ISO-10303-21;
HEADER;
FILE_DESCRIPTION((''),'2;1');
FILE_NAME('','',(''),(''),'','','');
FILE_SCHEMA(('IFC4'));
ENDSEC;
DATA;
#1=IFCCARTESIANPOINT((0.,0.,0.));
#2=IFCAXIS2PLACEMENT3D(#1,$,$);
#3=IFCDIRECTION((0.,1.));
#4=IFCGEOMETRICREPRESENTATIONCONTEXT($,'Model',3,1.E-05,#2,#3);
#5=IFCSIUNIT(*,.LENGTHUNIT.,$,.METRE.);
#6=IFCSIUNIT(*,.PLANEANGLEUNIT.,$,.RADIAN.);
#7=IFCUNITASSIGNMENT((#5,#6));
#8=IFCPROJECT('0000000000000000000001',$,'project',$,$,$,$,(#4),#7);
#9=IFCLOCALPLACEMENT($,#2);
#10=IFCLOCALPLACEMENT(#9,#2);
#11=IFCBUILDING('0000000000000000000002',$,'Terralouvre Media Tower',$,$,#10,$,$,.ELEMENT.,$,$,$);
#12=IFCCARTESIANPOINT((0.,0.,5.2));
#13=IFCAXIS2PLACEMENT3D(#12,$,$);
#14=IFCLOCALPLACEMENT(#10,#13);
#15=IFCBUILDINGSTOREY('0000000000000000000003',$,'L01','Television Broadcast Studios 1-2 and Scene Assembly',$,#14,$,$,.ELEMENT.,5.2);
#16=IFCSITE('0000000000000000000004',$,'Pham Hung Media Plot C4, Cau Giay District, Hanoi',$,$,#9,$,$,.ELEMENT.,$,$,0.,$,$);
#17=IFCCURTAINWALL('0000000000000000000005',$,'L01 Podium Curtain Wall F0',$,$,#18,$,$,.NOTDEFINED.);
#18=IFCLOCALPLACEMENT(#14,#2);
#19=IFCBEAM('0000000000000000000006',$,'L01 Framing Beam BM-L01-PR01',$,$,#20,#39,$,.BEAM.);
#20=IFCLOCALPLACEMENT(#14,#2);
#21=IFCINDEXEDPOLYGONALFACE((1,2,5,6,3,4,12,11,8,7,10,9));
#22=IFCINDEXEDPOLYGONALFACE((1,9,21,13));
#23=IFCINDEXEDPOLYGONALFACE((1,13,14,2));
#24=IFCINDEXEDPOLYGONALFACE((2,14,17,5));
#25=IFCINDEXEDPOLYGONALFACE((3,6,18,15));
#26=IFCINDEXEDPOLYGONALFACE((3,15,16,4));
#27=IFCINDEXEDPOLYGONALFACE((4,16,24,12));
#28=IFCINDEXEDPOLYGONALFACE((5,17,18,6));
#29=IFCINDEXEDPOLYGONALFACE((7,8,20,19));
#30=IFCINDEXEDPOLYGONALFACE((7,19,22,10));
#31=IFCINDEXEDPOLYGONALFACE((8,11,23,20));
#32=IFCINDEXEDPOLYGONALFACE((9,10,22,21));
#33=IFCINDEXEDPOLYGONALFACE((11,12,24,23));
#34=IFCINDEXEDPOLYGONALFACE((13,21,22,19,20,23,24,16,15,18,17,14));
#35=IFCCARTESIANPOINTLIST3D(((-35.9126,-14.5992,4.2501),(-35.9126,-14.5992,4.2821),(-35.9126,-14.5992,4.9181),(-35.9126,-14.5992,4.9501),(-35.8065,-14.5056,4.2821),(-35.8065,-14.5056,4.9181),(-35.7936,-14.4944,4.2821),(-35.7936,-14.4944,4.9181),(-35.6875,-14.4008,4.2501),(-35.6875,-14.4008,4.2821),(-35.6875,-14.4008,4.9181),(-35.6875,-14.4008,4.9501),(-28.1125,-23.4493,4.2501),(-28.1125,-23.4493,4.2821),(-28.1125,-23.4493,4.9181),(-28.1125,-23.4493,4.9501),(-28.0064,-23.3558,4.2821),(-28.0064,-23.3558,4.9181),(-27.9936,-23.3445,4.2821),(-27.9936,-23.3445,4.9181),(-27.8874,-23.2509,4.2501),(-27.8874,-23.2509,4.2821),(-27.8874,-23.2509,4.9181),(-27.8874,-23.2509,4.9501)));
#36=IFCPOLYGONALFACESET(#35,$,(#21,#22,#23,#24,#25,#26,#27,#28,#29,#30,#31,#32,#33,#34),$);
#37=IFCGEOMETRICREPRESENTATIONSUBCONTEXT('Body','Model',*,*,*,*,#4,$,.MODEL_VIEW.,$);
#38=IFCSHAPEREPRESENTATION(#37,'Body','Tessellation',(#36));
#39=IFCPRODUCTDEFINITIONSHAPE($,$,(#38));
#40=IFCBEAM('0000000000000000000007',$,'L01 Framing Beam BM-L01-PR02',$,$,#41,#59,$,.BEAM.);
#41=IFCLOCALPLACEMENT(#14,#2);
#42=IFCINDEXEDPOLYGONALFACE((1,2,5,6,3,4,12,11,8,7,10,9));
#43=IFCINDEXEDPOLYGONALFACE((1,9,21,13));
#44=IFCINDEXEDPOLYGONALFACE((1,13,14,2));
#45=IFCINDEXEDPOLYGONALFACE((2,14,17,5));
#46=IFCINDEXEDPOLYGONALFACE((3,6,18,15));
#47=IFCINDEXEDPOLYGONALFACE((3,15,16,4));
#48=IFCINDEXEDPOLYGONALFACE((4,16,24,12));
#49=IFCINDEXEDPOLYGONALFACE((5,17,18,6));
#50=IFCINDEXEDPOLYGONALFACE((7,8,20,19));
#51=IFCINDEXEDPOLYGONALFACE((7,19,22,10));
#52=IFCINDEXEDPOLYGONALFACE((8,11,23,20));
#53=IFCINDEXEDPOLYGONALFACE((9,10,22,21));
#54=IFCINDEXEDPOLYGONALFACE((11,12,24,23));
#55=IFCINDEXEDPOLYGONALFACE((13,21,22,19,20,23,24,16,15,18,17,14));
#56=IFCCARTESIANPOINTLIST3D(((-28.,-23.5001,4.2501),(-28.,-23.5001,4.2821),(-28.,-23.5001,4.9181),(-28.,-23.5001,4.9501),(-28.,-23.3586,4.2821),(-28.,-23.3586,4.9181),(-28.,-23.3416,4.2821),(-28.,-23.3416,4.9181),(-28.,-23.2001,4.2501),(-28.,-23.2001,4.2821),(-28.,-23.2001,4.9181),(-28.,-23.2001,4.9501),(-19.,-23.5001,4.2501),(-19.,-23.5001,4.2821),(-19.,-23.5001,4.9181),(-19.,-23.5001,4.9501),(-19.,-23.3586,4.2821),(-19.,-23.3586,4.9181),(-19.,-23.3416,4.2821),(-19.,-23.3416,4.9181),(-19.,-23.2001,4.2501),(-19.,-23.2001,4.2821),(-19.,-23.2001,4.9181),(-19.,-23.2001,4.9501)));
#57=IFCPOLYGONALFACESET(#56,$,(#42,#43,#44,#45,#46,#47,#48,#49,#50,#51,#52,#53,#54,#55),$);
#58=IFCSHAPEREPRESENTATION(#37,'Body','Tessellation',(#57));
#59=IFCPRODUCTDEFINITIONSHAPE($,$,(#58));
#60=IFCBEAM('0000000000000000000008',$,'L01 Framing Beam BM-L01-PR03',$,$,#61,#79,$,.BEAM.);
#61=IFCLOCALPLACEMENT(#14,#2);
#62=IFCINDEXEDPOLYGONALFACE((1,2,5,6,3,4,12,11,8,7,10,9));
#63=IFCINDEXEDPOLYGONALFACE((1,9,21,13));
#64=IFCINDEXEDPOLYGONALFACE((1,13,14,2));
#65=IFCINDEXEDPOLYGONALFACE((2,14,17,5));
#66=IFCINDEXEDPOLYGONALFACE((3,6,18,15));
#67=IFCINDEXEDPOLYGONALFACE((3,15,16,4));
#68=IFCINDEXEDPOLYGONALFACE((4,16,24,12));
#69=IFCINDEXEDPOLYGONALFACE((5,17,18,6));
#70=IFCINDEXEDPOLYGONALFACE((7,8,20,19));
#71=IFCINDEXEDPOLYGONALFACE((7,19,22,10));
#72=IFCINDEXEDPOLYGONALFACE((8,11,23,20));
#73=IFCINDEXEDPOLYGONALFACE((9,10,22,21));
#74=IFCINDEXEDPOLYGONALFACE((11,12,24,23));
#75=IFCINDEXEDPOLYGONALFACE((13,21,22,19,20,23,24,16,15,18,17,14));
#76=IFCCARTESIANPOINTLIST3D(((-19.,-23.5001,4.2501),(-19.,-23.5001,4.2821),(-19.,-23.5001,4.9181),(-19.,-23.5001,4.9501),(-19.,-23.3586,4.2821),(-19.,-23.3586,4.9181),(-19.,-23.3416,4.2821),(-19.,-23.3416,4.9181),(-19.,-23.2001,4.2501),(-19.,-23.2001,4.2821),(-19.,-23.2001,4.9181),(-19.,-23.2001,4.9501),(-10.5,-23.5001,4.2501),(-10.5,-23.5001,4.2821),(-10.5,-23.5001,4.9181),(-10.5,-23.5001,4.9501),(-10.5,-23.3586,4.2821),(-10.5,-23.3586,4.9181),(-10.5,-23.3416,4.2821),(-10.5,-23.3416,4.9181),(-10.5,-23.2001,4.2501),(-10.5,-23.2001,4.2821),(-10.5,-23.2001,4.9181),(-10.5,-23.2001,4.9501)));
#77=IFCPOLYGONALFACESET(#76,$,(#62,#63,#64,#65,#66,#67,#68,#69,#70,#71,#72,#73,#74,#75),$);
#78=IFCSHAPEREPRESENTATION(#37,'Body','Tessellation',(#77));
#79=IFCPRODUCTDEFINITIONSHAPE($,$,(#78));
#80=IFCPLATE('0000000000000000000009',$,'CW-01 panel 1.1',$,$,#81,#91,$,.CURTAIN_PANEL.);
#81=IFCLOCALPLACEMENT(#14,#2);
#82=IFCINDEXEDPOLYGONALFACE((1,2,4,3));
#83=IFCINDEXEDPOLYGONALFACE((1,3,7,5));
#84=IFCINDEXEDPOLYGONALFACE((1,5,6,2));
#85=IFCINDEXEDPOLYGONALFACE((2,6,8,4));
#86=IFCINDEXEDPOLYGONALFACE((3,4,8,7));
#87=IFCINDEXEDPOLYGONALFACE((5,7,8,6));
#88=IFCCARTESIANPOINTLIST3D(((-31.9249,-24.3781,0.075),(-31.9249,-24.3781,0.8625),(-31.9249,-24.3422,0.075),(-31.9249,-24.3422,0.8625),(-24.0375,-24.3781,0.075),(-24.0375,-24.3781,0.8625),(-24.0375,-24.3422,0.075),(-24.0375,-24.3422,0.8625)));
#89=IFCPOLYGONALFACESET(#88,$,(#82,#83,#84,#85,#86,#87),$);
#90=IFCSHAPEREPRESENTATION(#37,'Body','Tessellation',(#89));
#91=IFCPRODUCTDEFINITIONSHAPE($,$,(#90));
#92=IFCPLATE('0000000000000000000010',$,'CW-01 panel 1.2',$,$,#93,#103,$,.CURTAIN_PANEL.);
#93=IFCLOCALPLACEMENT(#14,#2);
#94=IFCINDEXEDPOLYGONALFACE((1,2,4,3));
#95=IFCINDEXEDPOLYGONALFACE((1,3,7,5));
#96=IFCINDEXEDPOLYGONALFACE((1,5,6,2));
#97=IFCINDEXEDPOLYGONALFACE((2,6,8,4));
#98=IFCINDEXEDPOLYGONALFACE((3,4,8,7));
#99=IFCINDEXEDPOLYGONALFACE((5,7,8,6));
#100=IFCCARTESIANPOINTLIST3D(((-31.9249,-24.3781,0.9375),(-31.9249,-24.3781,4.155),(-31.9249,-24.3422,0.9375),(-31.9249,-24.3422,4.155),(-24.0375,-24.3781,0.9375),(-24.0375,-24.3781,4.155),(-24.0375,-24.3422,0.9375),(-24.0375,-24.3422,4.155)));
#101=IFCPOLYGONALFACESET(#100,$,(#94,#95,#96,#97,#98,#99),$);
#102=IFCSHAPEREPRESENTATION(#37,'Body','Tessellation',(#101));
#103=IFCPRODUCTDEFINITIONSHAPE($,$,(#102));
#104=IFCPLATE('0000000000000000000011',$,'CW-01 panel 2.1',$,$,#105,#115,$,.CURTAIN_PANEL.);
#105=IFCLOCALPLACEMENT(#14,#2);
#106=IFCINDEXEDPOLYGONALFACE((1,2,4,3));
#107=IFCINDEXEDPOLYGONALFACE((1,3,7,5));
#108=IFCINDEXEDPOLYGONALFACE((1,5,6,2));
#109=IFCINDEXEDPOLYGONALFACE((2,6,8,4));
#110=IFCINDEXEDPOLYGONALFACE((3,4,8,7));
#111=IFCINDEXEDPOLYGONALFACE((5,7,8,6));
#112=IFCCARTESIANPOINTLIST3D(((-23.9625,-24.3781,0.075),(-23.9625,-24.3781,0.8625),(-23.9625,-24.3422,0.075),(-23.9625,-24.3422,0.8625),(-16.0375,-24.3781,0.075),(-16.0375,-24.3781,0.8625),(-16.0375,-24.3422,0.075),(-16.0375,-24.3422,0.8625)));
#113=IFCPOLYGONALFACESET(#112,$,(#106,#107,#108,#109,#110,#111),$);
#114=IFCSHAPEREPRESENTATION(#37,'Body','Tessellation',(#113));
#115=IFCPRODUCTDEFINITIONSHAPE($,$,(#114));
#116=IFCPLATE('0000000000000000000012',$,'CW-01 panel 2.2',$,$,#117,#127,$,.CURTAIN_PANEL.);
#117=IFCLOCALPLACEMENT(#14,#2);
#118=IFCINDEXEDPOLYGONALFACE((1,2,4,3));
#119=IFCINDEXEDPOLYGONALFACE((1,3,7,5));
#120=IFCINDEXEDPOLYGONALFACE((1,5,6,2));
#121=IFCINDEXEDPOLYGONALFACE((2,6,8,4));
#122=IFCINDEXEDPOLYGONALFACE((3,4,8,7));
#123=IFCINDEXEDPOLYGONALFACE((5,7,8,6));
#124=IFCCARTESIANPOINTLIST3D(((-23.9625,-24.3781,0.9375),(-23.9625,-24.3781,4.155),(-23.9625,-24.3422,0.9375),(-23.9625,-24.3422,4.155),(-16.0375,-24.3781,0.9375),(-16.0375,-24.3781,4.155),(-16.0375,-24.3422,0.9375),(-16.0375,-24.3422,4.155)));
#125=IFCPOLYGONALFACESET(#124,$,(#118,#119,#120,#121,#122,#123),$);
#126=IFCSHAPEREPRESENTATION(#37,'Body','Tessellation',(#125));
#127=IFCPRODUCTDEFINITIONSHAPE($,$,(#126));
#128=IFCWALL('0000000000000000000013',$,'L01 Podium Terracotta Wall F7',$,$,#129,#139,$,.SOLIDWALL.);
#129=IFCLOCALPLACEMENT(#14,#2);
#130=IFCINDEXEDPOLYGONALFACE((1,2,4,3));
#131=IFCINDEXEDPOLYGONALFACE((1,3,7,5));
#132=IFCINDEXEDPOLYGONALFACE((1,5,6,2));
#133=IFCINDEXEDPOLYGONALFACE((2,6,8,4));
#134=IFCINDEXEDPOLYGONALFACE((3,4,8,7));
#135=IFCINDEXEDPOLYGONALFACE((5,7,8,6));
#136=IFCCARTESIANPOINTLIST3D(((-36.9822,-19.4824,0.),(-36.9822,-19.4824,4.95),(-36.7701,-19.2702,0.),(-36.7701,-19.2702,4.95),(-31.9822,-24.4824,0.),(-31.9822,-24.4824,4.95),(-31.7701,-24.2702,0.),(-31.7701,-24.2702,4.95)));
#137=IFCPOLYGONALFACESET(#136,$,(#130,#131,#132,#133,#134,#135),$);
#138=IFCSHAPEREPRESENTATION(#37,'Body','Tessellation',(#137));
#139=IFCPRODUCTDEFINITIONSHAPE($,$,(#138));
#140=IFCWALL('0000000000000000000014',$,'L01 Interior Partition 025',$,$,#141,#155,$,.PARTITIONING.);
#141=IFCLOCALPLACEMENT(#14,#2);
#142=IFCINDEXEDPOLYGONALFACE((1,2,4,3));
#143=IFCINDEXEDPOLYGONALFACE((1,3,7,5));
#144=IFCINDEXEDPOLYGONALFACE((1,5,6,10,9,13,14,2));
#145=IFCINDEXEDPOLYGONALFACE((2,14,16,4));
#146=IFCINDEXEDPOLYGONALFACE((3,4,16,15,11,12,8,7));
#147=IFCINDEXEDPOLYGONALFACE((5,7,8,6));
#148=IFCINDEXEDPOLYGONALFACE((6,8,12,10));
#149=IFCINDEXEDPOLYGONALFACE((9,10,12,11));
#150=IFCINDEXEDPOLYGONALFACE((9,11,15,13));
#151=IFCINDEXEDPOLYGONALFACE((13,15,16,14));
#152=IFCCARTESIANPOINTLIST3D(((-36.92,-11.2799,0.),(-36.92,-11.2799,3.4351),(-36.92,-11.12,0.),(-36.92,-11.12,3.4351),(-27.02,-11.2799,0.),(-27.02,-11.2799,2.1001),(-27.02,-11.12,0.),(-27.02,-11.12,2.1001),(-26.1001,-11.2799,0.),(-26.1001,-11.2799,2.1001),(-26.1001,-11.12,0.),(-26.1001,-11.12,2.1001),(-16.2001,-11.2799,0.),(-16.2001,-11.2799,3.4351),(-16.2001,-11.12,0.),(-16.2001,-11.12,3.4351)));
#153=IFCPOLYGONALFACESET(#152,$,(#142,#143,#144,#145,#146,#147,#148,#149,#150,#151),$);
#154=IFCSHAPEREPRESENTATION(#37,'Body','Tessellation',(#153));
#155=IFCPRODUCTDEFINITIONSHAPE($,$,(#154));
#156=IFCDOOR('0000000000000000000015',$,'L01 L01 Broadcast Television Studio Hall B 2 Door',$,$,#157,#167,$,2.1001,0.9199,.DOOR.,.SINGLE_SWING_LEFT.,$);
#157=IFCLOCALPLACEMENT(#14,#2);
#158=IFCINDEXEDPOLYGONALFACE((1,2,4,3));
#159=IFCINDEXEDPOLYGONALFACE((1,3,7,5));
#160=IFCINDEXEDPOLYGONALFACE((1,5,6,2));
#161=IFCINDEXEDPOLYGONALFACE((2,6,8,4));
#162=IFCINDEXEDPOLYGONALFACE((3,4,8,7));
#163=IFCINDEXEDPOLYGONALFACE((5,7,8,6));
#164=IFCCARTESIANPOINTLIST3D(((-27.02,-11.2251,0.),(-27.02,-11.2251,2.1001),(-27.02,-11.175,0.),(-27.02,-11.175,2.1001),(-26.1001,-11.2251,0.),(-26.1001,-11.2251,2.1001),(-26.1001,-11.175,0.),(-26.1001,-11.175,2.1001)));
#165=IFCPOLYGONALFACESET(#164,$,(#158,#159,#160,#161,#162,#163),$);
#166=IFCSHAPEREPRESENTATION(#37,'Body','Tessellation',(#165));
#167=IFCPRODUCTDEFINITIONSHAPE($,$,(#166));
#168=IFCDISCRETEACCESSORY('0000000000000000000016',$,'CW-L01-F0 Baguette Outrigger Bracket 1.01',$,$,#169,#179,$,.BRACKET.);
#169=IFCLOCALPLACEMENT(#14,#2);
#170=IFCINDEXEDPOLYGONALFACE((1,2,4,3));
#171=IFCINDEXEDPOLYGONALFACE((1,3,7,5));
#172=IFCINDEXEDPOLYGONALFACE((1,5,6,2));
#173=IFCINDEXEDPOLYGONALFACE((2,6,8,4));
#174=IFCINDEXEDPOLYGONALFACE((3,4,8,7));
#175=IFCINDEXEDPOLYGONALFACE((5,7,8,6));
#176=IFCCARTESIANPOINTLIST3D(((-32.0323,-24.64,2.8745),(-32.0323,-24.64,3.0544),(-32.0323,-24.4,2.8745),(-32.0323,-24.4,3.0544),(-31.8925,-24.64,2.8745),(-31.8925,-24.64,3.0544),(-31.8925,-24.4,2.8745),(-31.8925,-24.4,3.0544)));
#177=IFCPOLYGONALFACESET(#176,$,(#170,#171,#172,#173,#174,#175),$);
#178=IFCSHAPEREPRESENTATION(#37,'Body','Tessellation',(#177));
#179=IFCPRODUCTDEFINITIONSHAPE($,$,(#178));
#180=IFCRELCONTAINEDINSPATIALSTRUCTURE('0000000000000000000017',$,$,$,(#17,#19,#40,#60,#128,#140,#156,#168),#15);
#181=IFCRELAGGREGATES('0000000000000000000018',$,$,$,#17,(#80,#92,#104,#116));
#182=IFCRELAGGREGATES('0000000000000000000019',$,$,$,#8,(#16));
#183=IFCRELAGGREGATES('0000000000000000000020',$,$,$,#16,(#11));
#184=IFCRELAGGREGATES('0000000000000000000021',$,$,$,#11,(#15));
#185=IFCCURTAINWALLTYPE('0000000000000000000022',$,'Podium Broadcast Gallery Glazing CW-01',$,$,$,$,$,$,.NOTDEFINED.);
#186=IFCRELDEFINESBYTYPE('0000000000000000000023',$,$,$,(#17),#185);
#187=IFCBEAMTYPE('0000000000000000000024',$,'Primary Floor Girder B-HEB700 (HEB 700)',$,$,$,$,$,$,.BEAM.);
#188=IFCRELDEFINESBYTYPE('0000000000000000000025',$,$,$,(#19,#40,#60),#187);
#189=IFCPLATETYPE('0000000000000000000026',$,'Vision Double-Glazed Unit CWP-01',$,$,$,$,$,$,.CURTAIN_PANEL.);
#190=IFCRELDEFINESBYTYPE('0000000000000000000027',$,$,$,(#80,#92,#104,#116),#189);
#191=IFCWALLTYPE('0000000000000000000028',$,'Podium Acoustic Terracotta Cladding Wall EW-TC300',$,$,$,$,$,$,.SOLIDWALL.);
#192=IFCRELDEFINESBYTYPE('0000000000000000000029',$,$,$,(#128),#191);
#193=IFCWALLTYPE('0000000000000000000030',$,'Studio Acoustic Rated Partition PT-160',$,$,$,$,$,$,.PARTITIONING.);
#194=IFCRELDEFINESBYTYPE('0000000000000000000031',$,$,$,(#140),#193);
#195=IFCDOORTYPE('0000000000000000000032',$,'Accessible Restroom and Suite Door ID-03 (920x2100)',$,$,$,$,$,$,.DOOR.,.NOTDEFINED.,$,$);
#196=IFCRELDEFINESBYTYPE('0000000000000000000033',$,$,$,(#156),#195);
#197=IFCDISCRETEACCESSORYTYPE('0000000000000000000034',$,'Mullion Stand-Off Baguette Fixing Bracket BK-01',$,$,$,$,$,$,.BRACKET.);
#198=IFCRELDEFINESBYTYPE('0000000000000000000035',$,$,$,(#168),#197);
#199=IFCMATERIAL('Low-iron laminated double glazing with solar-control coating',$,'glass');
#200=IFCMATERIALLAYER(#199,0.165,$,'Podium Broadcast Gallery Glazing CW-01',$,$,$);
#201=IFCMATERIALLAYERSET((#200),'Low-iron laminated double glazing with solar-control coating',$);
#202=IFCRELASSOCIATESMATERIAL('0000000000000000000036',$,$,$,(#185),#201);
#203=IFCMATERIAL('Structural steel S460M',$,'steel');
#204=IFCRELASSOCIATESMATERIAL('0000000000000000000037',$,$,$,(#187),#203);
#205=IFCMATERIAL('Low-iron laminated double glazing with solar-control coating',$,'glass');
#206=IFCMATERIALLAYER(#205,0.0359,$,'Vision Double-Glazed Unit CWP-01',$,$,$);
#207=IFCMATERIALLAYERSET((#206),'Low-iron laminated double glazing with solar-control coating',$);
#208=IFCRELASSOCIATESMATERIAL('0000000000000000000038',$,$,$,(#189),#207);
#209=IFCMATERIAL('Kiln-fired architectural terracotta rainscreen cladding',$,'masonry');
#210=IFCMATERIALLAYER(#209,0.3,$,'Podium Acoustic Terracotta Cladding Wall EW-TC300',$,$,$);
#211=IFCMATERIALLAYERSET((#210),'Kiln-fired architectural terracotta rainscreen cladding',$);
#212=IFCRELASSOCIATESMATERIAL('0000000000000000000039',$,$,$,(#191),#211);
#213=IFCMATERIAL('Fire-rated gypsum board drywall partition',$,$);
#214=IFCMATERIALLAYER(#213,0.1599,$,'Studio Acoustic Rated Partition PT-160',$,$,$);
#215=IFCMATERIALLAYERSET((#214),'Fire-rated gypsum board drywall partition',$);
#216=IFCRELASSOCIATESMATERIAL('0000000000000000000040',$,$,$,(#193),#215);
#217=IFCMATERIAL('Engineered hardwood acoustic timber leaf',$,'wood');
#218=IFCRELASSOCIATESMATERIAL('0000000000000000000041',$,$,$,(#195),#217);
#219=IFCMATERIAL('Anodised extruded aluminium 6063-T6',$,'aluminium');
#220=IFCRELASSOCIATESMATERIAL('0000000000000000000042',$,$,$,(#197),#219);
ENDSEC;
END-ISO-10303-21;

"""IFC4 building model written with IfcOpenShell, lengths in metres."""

from ifc_helpers import new_model, si_unit, direction, frame, frame_2d, origin, origin_2d, place, context, subcontext, project, spatial, rectangle, i_section, extrude, material, layer, layer_set, material_profile, profile_set, type_object, element, fill, aggregate, save


model = new_model("IFC4")

# Units and contexts
model_context = context("Model", 3, precision=1e-05, world=origin(), true_north=direction((0.0, 1.0)))
body_context = subcontext(model_context, "Body", "Model", "MODEL_VIEW")
ifc_project = project(units=[si_unit("LENGTHUNIT", "METRE"), si_unit("PLANEANGLEUNIT", "RADIAN")], contexts=[model_context])

# Site, building, storey
site_placement = place(None, origin())
site = spatial("IfcSite", under=ifc_project, at=site_placement, Name="Pham Hung Media Plot C4, Cau Giay District, Hanoi", CompositionType="ELEMENT", RefElevation=0.0)
building_placement = place(site_placement, origin())
building = spatial("IfcBuilding", under=site, at=building_placement, Name="Terralouvre Media Tower", CompositionType="ELEMENT")
storey_placement = place(building_placement, frame((0.0, 0.0, 5.2)))
storey = spatial("IfcBuildingStorey", under=building, at=storey_placement, Name="L01", Description="Television Broadcast Studios 1-2 and Scene Assembly", CompositionType="ELEMENT", Elevation=5.2)

# Curtain wall
ifc_material_1 = material(Name="Low-iron laminated double glazing with solar-control coating", Category="glass")
ifc_layer_1 = layer(ifc_material_1, 0.165, Name="Podium Broadcast Gallery Glazing CW-01")
ifc_layer_set_1 = layer_set([ifc_layer_1], Name="Low-iron laminated double glazing with solar-control coating")
curtain_wall_type = type_object("IfcCurtainWallType", Name="Podium Broadcast Gallery Glazing CW-01", PredefinedType="NOTDEFINED", material=ifc_layer_set_1)
curtain_wall_placement = place(storey_placement, origin())
curtain_wall = element("IfcCurtainWall", 1, at=curtain_wall_placement, inside=storey, type_object=curtain_wall_type, Name="L01 Podium Curtain Wall F0", PredefinedType="NOTDEFINED")

# Beams
ifc_material_2 = material(Name="Structural steel S460M", Category="steel")
ifc_material_profile_1 = material_profile(ifc_material_2, i_section(OverallWidth=0.3, OverallDepth=0.7, WebThickness=0.0171, FlangeThickness=0.032, at=origin_2d()), Name="HEB 700")
ifc_profile_set_1 = profile_set([ifc_material_profile_1], Name="Structural steel S460M")
beam_type = type_object("IfcBeamType", Name="Primary Floor Girder B-HEB700 (HEB 700)", PredefinedType="BEAM", material=ifc_profile_set_1)
beam_1_placement = place(storey_placement, frame((-35.8, -14.5, 4.6001), z_axis=(0.661199, -0.75021, 0.0), x_axis=(0.75021, 0.661199, 0.0)))
element("IfcBeam", 2, at=beam_1_placement, inside=storey, type_object=beam_type, Name="L01 Framing Beam BM-L01-PR01", PredefinedType="BEAM", context=body_context, shape_type="SweptSolid", body=[
    extrude(i_section(OverallWidth=0.3, OverallDepth=0.7, WebThickness=0.0171, FlangeThickness=0.032, at=origin_2d()), origin(), (0.0, 0.0, 1.0), 11.7969),
])
beam_2_placement = place(storey_placement, frame((-28.0, -23.3501, 4.6001), z_axis=(1.0, 0.0, 0.0), x_axis=(0.0, 1.0, 0.0)))
element("IfcBeam", 3, at=beam_2_placement, inside=storey, type_object=beam_type, Name="L01 Framing Beam BM-L01-PR02", PredefinedType="BEAM", context=body_context, shape_type="SweptSolid", body=[
    extrude(i_section(OverallWidth=0.3, OverallDepth=0.7, WebThickness=0.0171, FlangeThickness=0.032, at=origin_2d()), origin(), (0.0, 0.0, 1.0), 9.0),
])
beam_3_placement = place(storey_placement, frame((-19.0, -23.3501, 4.6001), z_axis=(1.0, 0.0, 0.0), x_axis=(0.0, 1.0, 0.0)))
element("IfcBeam", 4, at=beam_3_placement, inside=storey, type_object=beam_type, Name="L01 Framing Beam BM-L01-PR03", PredefinedType="BEAM", context=body_context, shape_type="SweptSolid", body=[
    extrude(i_section(OverallWidth=0.3, OverallDepth=0.7, WebThickness=0.0171, FlangeThickness=0.032, at=origin_2d()), origin(), (0.0, 0.0, 1.0), 8.5),
])

# Plates
ifc_material_3 = material(Name="Low-iron laminated double glazing with solar-control coating", Category="glass")
ifc_layer_2 = layer(ifc_material_3, 0.0359, Name="Vision Double-Glazed Unit CWP-01")
ifc_layer_set_2 = layer_set([ifc_layer_2], Name="Low-iron laminated double glazing with solar-control coating")
plate_type = type_object("IfcPlateType", Name="Vision Double-Glazed Unit CWP-01", PredefinedType="CURTAIN_PANEL", material=ifc_layer_set_2)
plate_1_placement = place(storey_placement, frame((-27.9812, -24.3601, 0.075), z_axis=(0.0, 0.0, 1.0), x_axis=(1.0, 0.0, 0.0)))
plate_1 = element("IfcPlate", 5, at=plate_1_placement, type_object=plate_type, Name="CW-01 panel 1.1", PredefinedType="CURTAIN_PANEL", context=body_context, shape_type="SweptSolid", body=[
    extrude(rectangle(XDim=7.8875, YDim=0.0359, at=origin_2d()), origin(), (0.0, 0.0, 1.0), 0.7876),
])
plate_2_placement = place(storey_placement, frame((-27.9812, -24.3601, 0.9375), z_axis=(0.0, 0.0, 1.0), x_axis=(1.0, 0.0, 0.0)))
plate_2 = element("IfcPlate", 6, at=plate_2_placement, type_object=plate_type, Name="CW-01 panel 1.2", PredefinedType="CURTAIN_PANEL", context=body_context, shape_type="SweptSolid", body=[
    extrude(rectangle(XDim=7.8875, YDim=0.0359, at=origin_2d()), origin(), (0.0, 0.0, 1.0), 3.2175),
])
plate_3_placement = place(storey_placement, frame((-20.0, -24.3601, 0.075), z_axis=(0.0, 0.0, 1.0), x_axis=(1.0, 0.0, 0.0)))
plate_3 = element("IfcPlate", 7, at=plate_3_placement, type_object=plate_type, Name="CW-01 panel 2.1", PredefinedType="CURTAIN_PANEL", context=body_context, shape_type="SweptSolid", body=[
    extrude(rectangle(XDim=7.925, YDim=0.0359, at=origin_2d()), origin(), (0.0, 0.0, 1.0), 0.7876),
])
plate_4_placement = place(storey_placement, frame((-20.0, -24.3601, 0.9375), z_axis=(0.0, 0.0, 1.0), x_axis=(1.0, 0.0, 0.0)))
plate_4 = element("IfcPlate", 8, at=plate_4_placement, type_object=plate_type, Name="CW-01 panel 2.2", PredefinedType="CURTAIN_PANEL", context=body_context, shape_type="SweptSolid", body=[
    extrude(rectangle(XDim=7.925, YDim=0.0359, at=origin_2d()), origin(), (0.0, 0.0, 1.0), 3.2175),
])
aggregate(curtain_wall, [plate_1, plate_2, plate_3, plate_4])

# Wall
ifc_material_4 = material(Name="Kiln-fired architectural terracotta rainscreen cladding", Category="masonry")
ifc_layer_3 = layer(ifc_material_4, 0.3, Name="Podium Acoustic Terracotta Cladding Wall EW-TC300")
ifc_layer_set_3 = layer_set([ifc_layer_3], Name="Kiln-fired architectural terracotta rainscreen cladding")
wall_type_1 = type_object("IfcWallType", Name="Podium Acoustic Terracotta Cladding Wall EW-TC300", PredefinedType="SOLIDWALL", material=ifc_layer_set_3)
wall_1_placement = place(storey_placement, frame((-36.8762, -19.3762, 0.0), z_axis=(0.0, 0.0, 1.0), x_axis=(0.707107, -0.707107, 0.0)))
element("IfcWall", 9, at=wall_1_placement, inside=storey, type_object=wall_type_1, Name="L01 Podium Terracotta Wall F7", PredefinedType="SOLIDWALL", context=body_context, shape_type="SweptSolid", body=[
    extrude(rectangle(XDim=7.071, YDim=0.3, at=frame_2d((3.5356, 0.0))), origin(), (0.0, 0.0, 1.0), 4.95),
])

# Wall, opening, door
ifc_material_5 = material(Name="Fire-rated gypsum board drywall partition")
ifc_layer_4 = layer(ifc_material_5, 0.1599, Name="Studio Acoustic Rated Partition PT-160")
ifc_layer_set_4 = layer_set([ifc_layer_4], Name="Fire-rated gypsum board drywall partition")
wall_type_2 = type_object("IfcWallType", Name="Studio Acoustic Rated Partition PT-160", PredefinedType="PARTITIONING", material=ifc_layer_set_4)
wall_2_placement = place(storey_placement, frame((-36.9199, -11.2, 0.0), z_axis=(0.0, 0.0, 1.0), x_axis=(1.0, 0.0, 0.0)))
wall_2 = element("IfcWall", 10, at=wall_2_placement, inside=storey, type_object=wall_type_2, Name="L01 Interior Partition 025", PredefinedType="PARTITIONING", context=body_context, shape_type="SweptSolid", body=[
    extrude(rectangle(XDim=20.72, YDim=0.1599, at=frame_2d((10.3599, 0.0))), origin(), (0.0, 0.0, 1.0), 3.4351),
])
opening_placement = place(wall_2_placement, frame((9.8999, 0.0, 0.0)))
opening = element("IfcOpeningElement", 11, at=opening_placement, cuts=wall_2, PredefinedType="OPENING", context=body_context, shape_type="SweptSolid", body=[
    extrude(rectangle(XDim=0.9199, YDim=2.1001, at=frame_2d((0.46, 1.05))), frame((0.0, 0.0898, 0.0), z_axis=(0.0, -1.0, 0.0), x_axis=(1.0, 0.0, 0.0)), (0.0, 0.0, 1.0), 0.1799),
])
ifc_material_6 = material(Name="Engineered hardwood acoustic timber leaf", Category="wood")
door_type = type_object("IfcDoorType", Name="Accessible Restroom and Suite Door ID-03 (920x2100)", OperationType="NOTDEFINED", PredefinedType="DOOR", material=ifc_material_6)
door_placement = place(opening_placement, origin())
door = element("IfcDoor", 12, at=door_placement, inside=storey, type_object=door_type, Name="L01 L01 Broadcast Television Studio Hall B 2 Door", OperationType="SINGLE_SWING_LEFT", OverallHeight=2.1001, OverallWidth=0.9199, PredefinedType="DOOR", context=body_context, shape_type="SweptSolid", body=[
    extrude(rectangle(XDim=0.9199, YDim=2.1001, at=frame_2d((0.46, 1.05))), frame((0.0, 0.0249, 0.0), z_axis=(0.0, -1.0, 0.0), x_axis=(1.0, 0.0, 0.0)), (0.0, 0.0, 1.0), 0.05),
])
fill(opening, door)

# Discrete accessory
ifc_material_7 = material(Name="Anodised extruded aluminium 6063-T6", Category="aluminium")
discrete_accessory_type = type_object("IfcDiscreteAccessoryType", Name="Mullion Stand-Off Baguette Fixing Bracket BK-01", PredefinedType="BRACKET", material=ifc_material_7)
for number, where, z_axis, x_axis, name in (
    (13, (-31.9624, -24.52, 2.8745), (0.0, 0.0, 1.0), (1.0, 0.0, 0.0), "CW-L01-F0 Baguette Outrigger Bracket 1.01"),
):
    element("IfcDiscreteAccessory", number, at=place(storey_placement, frame(where, z_axis=z_axis, x_axis=x_axis)), inside=storey, type_object=discrete_accessory_type, Name=name, PredefinedType="BRACKET", context=body_context, shape_type="SweptSolid", body=[
        extrude(rectangle(XDim=0.1399, YDim=0.24, at=origin_2d()), origin(), (0.0, 0.0, 1.0), 0.1799),
    ])

save(model, "model.ifc")
